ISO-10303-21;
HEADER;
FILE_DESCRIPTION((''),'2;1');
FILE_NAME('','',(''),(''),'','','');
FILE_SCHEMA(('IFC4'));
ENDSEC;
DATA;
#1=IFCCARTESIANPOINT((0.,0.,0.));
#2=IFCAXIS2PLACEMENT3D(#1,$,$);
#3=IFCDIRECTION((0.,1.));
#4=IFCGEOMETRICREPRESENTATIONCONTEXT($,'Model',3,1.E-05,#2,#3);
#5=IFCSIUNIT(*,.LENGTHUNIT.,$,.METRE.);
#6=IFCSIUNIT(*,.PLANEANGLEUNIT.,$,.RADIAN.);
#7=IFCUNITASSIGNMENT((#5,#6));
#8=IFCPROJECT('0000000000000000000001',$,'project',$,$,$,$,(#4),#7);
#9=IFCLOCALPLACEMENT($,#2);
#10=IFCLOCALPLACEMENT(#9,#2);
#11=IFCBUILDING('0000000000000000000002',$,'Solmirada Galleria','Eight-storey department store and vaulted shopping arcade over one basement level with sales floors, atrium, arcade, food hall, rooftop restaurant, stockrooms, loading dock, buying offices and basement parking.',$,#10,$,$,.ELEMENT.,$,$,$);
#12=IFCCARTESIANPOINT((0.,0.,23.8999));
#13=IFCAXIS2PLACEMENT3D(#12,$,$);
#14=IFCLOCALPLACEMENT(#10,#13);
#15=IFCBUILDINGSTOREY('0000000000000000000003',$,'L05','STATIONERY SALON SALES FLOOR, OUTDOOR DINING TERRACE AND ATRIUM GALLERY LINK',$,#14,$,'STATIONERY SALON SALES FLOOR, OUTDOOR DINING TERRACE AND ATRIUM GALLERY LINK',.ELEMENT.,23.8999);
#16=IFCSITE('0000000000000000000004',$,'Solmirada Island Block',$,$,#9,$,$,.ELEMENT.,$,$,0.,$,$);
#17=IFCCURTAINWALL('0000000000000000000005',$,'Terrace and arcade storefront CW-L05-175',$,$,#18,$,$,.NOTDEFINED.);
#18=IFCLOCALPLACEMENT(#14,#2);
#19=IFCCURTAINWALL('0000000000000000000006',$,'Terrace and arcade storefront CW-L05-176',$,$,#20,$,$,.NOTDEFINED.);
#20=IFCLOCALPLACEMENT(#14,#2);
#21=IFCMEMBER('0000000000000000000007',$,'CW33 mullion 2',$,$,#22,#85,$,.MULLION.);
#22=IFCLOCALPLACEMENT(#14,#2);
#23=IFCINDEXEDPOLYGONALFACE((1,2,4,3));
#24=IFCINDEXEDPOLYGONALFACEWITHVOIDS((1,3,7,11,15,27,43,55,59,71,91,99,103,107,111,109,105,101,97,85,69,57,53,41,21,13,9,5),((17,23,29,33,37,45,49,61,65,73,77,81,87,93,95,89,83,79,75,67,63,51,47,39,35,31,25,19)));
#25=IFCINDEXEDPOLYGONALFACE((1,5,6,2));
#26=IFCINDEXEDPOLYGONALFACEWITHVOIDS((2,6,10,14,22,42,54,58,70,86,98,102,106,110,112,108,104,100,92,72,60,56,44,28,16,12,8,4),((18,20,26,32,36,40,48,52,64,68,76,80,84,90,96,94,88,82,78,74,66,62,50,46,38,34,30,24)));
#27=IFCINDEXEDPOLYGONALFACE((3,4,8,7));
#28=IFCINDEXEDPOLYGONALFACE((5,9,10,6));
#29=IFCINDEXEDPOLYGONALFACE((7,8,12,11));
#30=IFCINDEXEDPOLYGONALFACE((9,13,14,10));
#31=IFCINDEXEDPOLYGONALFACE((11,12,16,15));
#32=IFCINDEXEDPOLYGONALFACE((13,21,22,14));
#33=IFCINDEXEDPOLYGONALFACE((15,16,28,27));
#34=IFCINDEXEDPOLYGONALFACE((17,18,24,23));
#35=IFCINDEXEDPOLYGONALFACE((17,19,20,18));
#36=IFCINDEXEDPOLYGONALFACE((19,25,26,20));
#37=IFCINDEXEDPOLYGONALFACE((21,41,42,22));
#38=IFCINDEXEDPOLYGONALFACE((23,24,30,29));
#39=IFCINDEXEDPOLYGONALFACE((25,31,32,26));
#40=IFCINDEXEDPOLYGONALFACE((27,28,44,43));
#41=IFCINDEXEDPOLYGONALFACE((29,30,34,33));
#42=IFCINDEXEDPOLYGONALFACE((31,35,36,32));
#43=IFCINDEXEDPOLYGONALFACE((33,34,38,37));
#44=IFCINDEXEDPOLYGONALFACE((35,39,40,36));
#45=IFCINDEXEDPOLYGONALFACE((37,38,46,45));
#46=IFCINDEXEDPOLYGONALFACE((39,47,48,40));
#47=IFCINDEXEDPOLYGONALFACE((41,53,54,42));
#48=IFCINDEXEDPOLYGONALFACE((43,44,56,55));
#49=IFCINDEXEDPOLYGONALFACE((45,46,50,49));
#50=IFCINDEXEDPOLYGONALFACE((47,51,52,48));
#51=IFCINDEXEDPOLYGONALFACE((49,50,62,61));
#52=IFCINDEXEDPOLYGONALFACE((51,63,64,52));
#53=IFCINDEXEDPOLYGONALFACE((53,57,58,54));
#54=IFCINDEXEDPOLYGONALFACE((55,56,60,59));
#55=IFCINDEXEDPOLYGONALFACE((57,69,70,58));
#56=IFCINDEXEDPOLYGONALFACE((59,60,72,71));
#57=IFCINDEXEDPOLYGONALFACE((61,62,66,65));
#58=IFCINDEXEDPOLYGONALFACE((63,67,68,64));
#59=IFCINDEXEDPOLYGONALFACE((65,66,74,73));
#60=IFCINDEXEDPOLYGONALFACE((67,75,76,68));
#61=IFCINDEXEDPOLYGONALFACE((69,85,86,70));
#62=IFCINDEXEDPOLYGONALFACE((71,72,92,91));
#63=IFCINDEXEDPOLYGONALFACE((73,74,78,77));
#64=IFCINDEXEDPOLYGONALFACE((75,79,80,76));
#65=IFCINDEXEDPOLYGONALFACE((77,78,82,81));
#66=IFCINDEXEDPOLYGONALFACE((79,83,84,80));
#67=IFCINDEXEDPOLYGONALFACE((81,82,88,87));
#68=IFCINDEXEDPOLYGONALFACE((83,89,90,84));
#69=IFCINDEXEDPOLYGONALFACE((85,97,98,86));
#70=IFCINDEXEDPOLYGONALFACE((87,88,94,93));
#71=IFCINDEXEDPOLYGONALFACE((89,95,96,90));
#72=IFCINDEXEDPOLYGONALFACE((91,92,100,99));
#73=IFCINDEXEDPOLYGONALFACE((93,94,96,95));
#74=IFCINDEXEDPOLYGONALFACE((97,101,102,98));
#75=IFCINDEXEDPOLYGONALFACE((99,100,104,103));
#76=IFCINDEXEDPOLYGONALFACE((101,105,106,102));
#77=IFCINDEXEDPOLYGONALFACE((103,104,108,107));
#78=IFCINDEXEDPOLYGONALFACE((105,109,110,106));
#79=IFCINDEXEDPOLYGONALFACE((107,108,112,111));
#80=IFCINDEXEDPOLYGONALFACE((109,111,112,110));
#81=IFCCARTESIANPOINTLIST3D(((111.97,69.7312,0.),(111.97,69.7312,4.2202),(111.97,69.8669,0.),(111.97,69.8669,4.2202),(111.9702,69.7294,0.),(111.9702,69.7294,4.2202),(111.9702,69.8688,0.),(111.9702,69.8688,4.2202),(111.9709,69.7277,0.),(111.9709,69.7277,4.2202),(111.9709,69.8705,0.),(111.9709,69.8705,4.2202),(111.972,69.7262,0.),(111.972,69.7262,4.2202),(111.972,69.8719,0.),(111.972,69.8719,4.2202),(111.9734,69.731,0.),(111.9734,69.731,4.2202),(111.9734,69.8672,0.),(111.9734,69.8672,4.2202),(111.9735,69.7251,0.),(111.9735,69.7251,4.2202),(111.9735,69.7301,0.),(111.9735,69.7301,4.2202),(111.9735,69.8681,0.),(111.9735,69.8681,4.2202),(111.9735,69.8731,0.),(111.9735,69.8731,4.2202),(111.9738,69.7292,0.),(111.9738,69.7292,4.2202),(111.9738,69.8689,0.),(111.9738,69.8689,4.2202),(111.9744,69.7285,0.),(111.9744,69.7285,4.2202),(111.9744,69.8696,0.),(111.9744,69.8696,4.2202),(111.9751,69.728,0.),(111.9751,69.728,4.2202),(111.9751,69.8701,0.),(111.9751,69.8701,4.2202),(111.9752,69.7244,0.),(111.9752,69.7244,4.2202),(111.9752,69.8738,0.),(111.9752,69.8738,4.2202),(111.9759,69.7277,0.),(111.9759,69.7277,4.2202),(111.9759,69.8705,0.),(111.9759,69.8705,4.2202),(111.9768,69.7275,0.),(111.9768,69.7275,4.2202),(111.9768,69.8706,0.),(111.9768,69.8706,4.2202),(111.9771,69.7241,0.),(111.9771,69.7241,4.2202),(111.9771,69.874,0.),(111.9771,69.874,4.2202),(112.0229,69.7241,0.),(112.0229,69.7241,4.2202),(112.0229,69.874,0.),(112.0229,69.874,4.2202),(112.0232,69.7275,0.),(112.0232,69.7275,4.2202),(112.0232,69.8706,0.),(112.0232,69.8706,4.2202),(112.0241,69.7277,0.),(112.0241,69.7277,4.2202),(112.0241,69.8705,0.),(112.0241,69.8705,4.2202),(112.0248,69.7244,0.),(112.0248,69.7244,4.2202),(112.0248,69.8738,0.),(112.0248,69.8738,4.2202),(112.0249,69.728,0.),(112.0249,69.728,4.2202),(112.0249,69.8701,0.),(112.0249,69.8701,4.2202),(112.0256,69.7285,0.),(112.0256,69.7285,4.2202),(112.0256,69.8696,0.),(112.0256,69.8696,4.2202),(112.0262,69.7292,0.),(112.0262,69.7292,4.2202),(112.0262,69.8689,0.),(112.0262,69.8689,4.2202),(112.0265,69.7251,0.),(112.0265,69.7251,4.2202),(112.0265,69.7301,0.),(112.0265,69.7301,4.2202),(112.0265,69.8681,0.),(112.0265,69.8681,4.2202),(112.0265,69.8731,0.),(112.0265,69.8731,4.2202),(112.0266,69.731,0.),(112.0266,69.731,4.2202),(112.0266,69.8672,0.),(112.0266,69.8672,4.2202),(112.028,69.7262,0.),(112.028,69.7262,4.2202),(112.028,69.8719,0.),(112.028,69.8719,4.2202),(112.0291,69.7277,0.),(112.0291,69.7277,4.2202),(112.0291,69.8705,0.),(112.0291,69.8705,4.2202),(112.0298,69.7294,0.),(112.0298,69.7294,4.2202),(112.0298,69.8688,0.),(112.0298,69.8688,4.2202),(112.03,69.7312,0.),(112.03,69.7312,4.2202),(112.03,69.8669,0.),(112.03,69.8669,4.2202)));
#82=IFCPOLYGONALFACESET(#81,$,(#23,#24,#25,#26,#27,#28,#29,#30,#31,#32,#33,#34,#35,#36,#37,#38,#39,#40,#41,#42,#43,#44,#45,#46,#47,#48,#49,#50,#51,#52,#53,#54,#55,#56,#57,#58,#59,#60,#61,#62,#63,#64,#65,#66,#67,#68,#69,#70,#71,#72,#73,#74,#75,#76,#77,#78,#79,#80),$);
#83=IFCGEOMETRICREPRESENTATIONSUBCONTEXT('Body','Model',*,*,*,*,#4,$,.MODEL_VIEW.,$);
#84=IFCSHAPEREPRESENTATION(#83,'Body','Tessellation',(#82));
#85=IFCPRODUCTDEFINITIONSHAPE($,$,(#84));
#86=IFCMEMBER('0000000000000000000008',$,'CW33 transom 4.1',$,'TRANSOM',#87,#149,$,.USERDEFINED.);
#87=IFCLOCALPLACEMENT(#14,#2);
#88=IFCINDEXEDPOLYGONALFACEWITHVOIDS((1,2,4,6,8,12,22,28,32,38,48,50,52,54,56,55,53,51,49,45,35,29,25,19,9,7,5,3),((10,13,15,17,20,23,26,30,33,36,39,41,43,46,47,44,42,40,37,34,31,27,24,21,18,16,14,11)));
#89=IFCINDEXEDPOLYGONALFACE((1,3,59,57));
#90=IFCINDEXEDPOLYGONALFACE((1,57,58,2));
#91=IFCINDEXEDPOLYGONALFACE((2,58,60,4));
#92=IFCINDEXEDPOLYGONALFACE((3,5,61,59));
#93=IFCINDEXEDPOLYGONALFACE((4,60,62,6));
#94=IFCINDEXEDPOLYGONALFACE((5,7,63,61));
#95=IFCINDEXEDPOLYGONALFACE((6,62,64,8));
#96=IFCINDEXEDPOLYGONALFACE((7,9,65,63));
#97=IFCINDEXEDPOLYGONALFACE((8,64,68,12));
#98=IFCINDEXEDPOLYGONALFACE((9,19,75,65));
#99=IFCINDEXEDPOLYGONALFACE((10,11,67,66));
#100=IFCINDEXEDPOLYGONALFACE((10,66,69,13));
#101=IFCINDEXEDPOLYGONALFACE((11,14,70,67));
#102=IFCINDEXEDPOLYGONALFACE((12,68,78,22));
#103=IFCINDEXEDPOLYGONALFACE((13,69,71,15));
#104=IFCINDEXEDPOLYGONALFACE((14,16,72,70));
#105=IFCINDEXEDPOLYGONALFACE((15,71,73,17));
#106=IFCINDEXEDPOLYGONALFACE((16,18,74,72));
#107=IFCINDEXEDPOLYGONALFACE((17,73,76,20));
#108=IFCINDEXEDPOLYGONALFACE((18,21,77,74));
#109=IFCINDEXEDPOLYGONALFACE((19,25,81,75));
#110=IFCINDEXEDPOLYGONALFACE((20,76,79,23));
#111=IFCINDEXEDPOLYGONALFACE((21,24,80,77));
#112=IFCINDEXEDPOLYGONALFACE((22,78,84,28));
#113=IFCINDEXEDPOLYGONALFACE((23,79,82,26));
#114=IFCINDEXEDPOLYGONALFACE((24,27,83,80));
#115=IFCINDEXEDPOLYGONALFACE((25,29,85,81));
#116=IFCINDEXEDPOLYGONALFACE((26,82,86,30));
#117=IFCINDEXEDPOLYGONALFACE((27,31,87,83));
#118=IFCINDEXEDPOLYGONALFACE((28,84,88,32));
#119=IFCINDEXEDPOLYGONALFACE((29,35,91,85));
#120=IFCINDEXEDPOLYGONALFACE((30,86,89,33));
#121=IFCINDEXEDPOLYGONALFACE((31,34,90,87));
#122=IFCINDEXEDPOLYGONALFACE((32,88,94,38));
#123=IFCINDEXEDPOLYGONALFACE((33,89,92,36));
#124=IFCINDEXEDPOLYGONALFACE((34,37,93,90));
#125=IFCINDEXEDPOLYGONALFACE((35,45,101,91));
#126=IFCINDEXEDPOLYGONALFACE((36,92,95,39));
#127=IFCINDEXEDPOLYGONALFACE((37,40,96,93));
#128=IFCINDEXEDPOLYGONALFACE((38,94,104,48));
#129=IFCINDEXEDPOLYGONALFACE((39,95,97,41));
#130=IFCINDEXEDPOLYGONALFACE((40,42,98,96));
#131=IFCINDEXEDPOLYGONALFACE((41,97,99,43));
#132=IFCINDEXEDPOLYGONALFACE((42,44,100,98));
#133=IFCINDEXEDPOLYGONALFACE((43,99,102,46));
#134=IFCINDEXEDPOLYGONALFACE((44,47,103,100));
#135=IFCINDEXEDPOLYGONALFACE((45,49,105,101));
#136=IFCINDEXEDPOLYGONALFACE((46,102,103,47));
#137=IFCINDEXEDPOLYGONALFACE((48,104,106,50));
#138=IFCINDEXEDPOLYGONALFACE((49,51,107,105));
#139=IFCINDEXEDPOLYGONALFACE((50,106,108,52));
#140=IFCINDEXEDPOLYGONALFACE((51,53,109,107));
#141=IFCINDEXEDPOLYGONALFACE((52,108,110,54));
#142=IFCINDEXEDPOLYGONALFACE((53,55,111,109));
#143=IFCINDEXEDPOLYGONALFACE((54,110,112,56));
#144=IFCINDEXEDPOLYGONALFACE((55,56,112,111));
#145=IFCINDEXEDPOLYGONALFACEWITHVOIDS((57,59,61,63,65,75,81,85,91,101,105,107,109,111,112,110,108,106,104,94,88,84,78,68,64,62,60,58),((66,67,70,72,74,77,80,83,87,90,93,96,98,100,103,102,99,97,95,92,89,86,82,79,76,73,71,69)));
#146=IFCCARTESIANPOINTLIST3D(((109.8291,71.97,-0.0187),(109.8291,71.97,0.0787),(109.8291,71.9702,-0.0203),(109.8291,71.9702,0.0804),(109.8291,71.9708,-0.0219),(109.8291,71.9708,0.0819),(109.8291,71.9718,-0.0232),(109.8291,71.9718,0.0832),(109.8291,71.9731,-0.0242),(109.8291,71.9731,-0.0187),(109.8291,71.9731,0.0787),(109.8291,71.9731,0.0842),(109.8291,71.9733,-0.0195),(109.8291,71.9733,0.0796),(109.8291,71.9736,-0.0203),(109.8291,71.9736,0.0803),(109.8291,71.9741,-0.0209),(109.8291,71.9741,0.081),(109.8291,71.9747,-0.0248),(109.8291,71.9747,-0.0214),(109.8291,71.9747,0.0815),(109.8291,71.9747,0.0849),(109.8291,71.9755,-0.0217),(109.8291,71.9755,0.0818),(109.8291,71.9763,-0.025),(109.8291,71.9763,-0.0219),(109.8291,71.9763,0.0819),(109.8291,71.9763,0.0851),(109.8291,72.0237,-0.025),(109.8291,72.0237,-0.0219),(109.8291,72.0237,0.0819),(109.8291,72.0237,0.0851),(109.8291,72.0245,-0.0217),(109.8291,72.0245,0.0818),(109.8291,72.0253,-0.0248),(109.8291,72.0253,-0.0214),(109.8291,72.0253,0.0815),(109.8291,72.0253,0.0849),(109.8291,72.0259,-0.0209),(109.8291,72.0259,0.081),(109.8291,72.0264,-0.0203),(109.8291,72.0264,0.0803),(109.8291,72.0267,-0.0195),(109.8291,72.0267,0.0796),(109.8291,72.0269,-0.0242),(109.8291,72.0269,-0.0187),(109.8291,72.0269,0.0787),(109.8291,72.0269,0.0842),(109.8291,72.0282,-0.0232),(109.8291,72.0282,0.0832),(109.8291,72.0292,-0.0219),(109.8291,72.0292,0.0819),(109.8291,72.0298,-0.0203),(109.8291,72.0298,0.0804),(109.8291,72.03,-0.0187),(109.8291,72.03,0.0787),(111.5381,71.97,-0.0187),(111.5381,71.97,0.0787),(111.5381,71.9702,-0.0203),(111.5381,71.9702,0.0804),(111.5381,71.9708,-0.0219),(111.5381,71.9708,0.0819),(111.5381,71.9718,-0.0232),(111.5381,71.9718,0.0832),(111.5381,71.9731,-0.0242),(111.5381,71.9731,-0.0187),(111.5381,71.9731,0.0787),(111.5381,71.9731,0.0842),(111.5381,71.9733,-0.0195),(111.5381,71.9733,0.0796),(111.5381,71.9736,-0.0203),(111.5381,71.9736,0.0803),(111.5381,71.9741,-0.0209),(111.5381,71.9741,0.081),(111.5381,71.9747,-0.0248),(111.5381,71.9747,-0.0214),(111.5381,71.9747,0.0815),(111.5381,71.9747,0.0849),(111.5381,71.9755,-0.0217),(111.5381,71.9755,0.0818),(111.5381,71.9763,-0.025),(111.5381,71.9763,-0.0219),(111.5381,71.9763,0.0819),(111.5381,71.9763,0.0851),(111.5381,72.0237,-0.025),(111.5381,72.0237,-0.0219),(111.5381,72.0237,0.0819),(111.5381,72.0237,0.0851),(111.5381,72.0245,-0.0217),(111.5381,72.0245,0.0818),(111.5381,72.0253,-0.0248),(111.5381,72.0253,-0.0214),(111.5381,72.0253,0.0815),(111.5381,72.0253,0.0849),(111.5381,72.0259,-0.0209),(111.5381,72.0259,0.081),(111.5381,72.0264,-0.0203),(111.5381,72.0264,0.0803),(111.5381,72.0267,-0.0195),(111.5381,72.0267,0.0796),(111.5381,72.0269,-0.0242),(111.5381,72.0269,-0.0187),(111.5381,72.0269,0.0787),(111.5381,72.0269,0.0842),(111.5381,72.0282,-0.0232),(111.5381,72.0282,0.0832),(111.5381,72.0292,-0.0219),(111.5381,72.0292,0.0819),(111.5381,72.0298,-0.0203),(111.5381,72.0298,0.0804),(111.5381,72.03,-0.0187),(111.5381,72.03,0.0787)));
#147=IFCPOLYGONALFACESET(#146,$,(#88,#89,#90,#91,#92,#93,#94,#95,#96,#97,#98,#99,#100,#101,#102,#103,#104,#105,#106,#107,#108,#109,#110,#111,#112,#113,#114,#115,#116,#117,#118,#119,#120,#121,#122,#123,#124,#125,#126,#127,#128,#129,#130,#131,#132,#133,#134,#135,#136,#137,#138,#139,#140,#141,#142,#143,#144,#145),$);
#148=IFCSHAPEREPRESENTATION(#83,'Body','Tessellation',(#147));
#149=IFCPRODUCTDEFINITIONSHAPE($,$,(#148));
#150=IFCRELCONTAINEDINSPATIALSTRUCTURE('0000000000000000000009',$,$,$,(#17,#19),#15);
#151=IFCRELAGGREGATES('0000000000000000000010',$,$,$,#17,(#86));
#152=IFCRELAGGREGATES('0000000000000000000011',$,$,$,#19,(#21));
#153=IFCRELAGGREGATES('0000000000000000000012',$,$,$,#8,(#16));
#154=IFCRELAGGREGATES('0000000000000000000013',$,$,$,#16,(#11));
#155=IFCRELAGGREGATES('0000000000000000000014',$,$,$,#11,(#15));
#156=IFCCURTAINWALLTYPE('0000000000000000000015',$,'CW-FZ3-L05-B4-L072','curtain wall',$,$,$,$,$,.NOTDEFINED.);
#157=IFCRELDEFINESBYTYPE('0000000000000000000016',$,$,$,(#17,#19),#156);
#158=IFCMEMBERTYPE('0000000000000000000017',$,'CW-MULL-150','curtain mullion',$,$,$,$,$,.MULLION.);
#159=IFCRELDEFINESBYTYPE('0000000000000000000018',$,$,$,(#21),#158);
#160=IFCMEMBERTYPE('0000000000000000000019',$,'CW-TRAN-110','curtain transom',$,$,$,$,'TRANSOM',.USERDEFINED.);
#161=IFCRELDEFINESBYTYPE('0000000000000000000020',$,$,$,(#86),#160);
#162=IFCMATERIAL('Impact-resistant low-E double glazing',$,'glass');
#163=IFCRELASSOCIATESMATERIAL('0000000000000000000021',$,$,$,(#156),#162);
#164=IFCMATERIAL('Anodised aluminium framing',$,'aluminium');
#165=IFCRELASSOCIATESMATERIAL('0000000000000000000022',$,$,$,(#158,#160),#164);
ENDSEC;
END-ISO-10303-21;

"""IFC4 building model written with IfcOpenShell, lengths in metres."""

from ifc_helpers import new_model, si_unit, direction, frame, origin, origin_2d, place, context, subcontext, project, spatial, hollow_rectangle, extrude, material, material_profile, profile_set, type_object, element, aggregate, save


model = new_model("IFC4")

# Units and contexts
model_context = context("Model", 3, precision=1e-05, world=origin(), true_north=direction((0.0, 1.0)))
body_context = subcontext(model_context, "Body", "Model", "MODEL_VIEW")
ifc_project = project(units=[si_unit("LENGTHUNIT", "METRE"), si_unit("PLANEANGLEUNIT", "RADIAN")], contexts=[model_context])

# Site, building, storey
site_placement = place(None, origin())
site = spatial("IfcSite", under=ifc_project, at=site_placement, Name="Solmirada Island Block", CompositionType="ELEMENT", RefElevation=0.0)
building_placement = place(site_placement, origin())
building = spatial("IfcBuilding", under=site, at=building_placement, Name="Solmirada Galleria", Description="Eight-storey department store and vaulted shopping arcade over one basement level with sales floors, atrium, arcade, food hall, rooftop restaurant, stockrooms, loading dock, buying offices and basement parking.", CompositionType="ELEMENT")
storey_placement = place(building_placement, frame((0.0, 0.0, 23.8999)))
storey = spatial("IfcBuildingStorey", under=building, at=storey_placement, Name="L05", Description="STATIONERY SALON SALES FLOOR, OUTDOOR DINING TERRACE AND ATRIUM GALLERY LINK", LongName="STATIONERY SALON SALES FLOOR, OUTDOOR DINING TERRACE AND ATRIUM GALLERY LINK", CompositionType="ELEMENT", Elevation=23.8999)

# Curtain wall
ifc_material_1 = material(Name="Impact-resistant low-E double glazing", Category="glass")
curtain_wall_type = type_object("IfcCurtainWallType", Name="CW-FZ3-L05-B4-L072", Description="curtain wall", PredefinedType="NOTDEFINED", material=ifc_material_1)
curtain_wall_1_placement = place(storey_placement, origin())
curtain_wall_1 = element("IfcCurtainWall", 1, at=curtain_wall_1_placement, inside=storey, type_object=curtain_wall_type, Name="Terrace and arcade storefront CW-L05-175", PredefinedType="NOTDEFINED")
ifc_material_2 = material(Name="Anodised aluminium framing", Category="aluminium")
ifc_material_profile_1 = material_profile(ifc_material_2, hollow_rectangle(XDim=0.0601, YDim=0.1499, WallThickness=0.0034, InnerFilletRadius=0.0034, OuterFilletRadius=0.0071, at=origin_2d()), Name="ALU-MULL-150X60")
ifc_profile_set_1 = profile_set([ifc_material_profile_1], Name="Anodised aluminium framing")
member_type_1 = type_object("IfcMemberType", Name="CW-MULL-150", Description="curtain mullion", PredefinedType="MULLION", material=ifc_profile_set_1)

# Curtain wall, member
curtain_wall_2_placement = place(storey_placement, origin())
curtain_wall_2 = element("IfcCurtainWall", 2, at=curtain_wall_2_placement, inside=storey, type_object=curtain_wall_type, Name="Terrace and arcade storefront CW-L05-176", PredefinedType="NOTDEFINED")
member_1_placement = place(storey_placement, frame((112.0, 69.7991, 0.0), z_axis=(0.0, 0.0, 1.0), x_axis=(1.0, 0.0, 0.0)))
member_1 = element("IfcMember", 3, at=member_1_placement, type_object=member_type_1, Name="CW33 mullion 2", PredefinedType="MULLION", context=body_context, shape_type="SweptSolid", body=[
    extrude(hollow_rectangle(XDim=0.0601, YDim=0.1499, WallThickness=0.0034, InnerFilletRadius=0.0034, OuterFilletRadius=0.0071, at=origin_2d()), origin(), (0.0, 0.0, 1.0), 4.2202),
])

# Member
ifc_material_profile_2 = material_profile(ifc_material_2, hollow_rectangle(XDim=0.0601, YDim=0.1101, WallThickness=0.0032, InnerFilletRadius=0.0032, OuterFilletRadius=0.0063, at=origin_2d()), Name="ALU-TRAN-110X60")
ifc_profile_set_2 = profile_set([ifc_material_profile_2], Name="Anodised aluminium framing")
member_type_2 = type_object("IfcMemberType", Name="CW-TRAN-110", Description="curtain transom", ElementType="TRANSOM", PredefinedType="USERDEFINED", material=ifc_profile_set_2)
member_2_placement = place(storey_placement, frame((109.8291, 72.0, 0.03), z_axis=(1.0, 0.0, 0.0), x_axis=(0.0, 1.0, 0.0)))
member_2 = element("IfcMember", 4, at=member_2_placement, type_object=member_type_2, Name="CW33 transom 4.1", ObjectType="TRANSOM", PredefinedType="USERDEFINED", context=body_context, shape_type="SweptSolid", body=[
    extrude(hollow_rectangle(XDim=0.0601, YDim=0.1101, WallThickness=0.0032, InnerFilletRadius=0.0032, OuterFilletRadius=0.0063, at=origin_2d()), origin(), (0.0, 0.0, 1.0), 1.709),
])

aggregate(curtain_wall_1, [member_2])
aggregate(curtain_wall_2, [member_1])

save(model, "model.ifc")
